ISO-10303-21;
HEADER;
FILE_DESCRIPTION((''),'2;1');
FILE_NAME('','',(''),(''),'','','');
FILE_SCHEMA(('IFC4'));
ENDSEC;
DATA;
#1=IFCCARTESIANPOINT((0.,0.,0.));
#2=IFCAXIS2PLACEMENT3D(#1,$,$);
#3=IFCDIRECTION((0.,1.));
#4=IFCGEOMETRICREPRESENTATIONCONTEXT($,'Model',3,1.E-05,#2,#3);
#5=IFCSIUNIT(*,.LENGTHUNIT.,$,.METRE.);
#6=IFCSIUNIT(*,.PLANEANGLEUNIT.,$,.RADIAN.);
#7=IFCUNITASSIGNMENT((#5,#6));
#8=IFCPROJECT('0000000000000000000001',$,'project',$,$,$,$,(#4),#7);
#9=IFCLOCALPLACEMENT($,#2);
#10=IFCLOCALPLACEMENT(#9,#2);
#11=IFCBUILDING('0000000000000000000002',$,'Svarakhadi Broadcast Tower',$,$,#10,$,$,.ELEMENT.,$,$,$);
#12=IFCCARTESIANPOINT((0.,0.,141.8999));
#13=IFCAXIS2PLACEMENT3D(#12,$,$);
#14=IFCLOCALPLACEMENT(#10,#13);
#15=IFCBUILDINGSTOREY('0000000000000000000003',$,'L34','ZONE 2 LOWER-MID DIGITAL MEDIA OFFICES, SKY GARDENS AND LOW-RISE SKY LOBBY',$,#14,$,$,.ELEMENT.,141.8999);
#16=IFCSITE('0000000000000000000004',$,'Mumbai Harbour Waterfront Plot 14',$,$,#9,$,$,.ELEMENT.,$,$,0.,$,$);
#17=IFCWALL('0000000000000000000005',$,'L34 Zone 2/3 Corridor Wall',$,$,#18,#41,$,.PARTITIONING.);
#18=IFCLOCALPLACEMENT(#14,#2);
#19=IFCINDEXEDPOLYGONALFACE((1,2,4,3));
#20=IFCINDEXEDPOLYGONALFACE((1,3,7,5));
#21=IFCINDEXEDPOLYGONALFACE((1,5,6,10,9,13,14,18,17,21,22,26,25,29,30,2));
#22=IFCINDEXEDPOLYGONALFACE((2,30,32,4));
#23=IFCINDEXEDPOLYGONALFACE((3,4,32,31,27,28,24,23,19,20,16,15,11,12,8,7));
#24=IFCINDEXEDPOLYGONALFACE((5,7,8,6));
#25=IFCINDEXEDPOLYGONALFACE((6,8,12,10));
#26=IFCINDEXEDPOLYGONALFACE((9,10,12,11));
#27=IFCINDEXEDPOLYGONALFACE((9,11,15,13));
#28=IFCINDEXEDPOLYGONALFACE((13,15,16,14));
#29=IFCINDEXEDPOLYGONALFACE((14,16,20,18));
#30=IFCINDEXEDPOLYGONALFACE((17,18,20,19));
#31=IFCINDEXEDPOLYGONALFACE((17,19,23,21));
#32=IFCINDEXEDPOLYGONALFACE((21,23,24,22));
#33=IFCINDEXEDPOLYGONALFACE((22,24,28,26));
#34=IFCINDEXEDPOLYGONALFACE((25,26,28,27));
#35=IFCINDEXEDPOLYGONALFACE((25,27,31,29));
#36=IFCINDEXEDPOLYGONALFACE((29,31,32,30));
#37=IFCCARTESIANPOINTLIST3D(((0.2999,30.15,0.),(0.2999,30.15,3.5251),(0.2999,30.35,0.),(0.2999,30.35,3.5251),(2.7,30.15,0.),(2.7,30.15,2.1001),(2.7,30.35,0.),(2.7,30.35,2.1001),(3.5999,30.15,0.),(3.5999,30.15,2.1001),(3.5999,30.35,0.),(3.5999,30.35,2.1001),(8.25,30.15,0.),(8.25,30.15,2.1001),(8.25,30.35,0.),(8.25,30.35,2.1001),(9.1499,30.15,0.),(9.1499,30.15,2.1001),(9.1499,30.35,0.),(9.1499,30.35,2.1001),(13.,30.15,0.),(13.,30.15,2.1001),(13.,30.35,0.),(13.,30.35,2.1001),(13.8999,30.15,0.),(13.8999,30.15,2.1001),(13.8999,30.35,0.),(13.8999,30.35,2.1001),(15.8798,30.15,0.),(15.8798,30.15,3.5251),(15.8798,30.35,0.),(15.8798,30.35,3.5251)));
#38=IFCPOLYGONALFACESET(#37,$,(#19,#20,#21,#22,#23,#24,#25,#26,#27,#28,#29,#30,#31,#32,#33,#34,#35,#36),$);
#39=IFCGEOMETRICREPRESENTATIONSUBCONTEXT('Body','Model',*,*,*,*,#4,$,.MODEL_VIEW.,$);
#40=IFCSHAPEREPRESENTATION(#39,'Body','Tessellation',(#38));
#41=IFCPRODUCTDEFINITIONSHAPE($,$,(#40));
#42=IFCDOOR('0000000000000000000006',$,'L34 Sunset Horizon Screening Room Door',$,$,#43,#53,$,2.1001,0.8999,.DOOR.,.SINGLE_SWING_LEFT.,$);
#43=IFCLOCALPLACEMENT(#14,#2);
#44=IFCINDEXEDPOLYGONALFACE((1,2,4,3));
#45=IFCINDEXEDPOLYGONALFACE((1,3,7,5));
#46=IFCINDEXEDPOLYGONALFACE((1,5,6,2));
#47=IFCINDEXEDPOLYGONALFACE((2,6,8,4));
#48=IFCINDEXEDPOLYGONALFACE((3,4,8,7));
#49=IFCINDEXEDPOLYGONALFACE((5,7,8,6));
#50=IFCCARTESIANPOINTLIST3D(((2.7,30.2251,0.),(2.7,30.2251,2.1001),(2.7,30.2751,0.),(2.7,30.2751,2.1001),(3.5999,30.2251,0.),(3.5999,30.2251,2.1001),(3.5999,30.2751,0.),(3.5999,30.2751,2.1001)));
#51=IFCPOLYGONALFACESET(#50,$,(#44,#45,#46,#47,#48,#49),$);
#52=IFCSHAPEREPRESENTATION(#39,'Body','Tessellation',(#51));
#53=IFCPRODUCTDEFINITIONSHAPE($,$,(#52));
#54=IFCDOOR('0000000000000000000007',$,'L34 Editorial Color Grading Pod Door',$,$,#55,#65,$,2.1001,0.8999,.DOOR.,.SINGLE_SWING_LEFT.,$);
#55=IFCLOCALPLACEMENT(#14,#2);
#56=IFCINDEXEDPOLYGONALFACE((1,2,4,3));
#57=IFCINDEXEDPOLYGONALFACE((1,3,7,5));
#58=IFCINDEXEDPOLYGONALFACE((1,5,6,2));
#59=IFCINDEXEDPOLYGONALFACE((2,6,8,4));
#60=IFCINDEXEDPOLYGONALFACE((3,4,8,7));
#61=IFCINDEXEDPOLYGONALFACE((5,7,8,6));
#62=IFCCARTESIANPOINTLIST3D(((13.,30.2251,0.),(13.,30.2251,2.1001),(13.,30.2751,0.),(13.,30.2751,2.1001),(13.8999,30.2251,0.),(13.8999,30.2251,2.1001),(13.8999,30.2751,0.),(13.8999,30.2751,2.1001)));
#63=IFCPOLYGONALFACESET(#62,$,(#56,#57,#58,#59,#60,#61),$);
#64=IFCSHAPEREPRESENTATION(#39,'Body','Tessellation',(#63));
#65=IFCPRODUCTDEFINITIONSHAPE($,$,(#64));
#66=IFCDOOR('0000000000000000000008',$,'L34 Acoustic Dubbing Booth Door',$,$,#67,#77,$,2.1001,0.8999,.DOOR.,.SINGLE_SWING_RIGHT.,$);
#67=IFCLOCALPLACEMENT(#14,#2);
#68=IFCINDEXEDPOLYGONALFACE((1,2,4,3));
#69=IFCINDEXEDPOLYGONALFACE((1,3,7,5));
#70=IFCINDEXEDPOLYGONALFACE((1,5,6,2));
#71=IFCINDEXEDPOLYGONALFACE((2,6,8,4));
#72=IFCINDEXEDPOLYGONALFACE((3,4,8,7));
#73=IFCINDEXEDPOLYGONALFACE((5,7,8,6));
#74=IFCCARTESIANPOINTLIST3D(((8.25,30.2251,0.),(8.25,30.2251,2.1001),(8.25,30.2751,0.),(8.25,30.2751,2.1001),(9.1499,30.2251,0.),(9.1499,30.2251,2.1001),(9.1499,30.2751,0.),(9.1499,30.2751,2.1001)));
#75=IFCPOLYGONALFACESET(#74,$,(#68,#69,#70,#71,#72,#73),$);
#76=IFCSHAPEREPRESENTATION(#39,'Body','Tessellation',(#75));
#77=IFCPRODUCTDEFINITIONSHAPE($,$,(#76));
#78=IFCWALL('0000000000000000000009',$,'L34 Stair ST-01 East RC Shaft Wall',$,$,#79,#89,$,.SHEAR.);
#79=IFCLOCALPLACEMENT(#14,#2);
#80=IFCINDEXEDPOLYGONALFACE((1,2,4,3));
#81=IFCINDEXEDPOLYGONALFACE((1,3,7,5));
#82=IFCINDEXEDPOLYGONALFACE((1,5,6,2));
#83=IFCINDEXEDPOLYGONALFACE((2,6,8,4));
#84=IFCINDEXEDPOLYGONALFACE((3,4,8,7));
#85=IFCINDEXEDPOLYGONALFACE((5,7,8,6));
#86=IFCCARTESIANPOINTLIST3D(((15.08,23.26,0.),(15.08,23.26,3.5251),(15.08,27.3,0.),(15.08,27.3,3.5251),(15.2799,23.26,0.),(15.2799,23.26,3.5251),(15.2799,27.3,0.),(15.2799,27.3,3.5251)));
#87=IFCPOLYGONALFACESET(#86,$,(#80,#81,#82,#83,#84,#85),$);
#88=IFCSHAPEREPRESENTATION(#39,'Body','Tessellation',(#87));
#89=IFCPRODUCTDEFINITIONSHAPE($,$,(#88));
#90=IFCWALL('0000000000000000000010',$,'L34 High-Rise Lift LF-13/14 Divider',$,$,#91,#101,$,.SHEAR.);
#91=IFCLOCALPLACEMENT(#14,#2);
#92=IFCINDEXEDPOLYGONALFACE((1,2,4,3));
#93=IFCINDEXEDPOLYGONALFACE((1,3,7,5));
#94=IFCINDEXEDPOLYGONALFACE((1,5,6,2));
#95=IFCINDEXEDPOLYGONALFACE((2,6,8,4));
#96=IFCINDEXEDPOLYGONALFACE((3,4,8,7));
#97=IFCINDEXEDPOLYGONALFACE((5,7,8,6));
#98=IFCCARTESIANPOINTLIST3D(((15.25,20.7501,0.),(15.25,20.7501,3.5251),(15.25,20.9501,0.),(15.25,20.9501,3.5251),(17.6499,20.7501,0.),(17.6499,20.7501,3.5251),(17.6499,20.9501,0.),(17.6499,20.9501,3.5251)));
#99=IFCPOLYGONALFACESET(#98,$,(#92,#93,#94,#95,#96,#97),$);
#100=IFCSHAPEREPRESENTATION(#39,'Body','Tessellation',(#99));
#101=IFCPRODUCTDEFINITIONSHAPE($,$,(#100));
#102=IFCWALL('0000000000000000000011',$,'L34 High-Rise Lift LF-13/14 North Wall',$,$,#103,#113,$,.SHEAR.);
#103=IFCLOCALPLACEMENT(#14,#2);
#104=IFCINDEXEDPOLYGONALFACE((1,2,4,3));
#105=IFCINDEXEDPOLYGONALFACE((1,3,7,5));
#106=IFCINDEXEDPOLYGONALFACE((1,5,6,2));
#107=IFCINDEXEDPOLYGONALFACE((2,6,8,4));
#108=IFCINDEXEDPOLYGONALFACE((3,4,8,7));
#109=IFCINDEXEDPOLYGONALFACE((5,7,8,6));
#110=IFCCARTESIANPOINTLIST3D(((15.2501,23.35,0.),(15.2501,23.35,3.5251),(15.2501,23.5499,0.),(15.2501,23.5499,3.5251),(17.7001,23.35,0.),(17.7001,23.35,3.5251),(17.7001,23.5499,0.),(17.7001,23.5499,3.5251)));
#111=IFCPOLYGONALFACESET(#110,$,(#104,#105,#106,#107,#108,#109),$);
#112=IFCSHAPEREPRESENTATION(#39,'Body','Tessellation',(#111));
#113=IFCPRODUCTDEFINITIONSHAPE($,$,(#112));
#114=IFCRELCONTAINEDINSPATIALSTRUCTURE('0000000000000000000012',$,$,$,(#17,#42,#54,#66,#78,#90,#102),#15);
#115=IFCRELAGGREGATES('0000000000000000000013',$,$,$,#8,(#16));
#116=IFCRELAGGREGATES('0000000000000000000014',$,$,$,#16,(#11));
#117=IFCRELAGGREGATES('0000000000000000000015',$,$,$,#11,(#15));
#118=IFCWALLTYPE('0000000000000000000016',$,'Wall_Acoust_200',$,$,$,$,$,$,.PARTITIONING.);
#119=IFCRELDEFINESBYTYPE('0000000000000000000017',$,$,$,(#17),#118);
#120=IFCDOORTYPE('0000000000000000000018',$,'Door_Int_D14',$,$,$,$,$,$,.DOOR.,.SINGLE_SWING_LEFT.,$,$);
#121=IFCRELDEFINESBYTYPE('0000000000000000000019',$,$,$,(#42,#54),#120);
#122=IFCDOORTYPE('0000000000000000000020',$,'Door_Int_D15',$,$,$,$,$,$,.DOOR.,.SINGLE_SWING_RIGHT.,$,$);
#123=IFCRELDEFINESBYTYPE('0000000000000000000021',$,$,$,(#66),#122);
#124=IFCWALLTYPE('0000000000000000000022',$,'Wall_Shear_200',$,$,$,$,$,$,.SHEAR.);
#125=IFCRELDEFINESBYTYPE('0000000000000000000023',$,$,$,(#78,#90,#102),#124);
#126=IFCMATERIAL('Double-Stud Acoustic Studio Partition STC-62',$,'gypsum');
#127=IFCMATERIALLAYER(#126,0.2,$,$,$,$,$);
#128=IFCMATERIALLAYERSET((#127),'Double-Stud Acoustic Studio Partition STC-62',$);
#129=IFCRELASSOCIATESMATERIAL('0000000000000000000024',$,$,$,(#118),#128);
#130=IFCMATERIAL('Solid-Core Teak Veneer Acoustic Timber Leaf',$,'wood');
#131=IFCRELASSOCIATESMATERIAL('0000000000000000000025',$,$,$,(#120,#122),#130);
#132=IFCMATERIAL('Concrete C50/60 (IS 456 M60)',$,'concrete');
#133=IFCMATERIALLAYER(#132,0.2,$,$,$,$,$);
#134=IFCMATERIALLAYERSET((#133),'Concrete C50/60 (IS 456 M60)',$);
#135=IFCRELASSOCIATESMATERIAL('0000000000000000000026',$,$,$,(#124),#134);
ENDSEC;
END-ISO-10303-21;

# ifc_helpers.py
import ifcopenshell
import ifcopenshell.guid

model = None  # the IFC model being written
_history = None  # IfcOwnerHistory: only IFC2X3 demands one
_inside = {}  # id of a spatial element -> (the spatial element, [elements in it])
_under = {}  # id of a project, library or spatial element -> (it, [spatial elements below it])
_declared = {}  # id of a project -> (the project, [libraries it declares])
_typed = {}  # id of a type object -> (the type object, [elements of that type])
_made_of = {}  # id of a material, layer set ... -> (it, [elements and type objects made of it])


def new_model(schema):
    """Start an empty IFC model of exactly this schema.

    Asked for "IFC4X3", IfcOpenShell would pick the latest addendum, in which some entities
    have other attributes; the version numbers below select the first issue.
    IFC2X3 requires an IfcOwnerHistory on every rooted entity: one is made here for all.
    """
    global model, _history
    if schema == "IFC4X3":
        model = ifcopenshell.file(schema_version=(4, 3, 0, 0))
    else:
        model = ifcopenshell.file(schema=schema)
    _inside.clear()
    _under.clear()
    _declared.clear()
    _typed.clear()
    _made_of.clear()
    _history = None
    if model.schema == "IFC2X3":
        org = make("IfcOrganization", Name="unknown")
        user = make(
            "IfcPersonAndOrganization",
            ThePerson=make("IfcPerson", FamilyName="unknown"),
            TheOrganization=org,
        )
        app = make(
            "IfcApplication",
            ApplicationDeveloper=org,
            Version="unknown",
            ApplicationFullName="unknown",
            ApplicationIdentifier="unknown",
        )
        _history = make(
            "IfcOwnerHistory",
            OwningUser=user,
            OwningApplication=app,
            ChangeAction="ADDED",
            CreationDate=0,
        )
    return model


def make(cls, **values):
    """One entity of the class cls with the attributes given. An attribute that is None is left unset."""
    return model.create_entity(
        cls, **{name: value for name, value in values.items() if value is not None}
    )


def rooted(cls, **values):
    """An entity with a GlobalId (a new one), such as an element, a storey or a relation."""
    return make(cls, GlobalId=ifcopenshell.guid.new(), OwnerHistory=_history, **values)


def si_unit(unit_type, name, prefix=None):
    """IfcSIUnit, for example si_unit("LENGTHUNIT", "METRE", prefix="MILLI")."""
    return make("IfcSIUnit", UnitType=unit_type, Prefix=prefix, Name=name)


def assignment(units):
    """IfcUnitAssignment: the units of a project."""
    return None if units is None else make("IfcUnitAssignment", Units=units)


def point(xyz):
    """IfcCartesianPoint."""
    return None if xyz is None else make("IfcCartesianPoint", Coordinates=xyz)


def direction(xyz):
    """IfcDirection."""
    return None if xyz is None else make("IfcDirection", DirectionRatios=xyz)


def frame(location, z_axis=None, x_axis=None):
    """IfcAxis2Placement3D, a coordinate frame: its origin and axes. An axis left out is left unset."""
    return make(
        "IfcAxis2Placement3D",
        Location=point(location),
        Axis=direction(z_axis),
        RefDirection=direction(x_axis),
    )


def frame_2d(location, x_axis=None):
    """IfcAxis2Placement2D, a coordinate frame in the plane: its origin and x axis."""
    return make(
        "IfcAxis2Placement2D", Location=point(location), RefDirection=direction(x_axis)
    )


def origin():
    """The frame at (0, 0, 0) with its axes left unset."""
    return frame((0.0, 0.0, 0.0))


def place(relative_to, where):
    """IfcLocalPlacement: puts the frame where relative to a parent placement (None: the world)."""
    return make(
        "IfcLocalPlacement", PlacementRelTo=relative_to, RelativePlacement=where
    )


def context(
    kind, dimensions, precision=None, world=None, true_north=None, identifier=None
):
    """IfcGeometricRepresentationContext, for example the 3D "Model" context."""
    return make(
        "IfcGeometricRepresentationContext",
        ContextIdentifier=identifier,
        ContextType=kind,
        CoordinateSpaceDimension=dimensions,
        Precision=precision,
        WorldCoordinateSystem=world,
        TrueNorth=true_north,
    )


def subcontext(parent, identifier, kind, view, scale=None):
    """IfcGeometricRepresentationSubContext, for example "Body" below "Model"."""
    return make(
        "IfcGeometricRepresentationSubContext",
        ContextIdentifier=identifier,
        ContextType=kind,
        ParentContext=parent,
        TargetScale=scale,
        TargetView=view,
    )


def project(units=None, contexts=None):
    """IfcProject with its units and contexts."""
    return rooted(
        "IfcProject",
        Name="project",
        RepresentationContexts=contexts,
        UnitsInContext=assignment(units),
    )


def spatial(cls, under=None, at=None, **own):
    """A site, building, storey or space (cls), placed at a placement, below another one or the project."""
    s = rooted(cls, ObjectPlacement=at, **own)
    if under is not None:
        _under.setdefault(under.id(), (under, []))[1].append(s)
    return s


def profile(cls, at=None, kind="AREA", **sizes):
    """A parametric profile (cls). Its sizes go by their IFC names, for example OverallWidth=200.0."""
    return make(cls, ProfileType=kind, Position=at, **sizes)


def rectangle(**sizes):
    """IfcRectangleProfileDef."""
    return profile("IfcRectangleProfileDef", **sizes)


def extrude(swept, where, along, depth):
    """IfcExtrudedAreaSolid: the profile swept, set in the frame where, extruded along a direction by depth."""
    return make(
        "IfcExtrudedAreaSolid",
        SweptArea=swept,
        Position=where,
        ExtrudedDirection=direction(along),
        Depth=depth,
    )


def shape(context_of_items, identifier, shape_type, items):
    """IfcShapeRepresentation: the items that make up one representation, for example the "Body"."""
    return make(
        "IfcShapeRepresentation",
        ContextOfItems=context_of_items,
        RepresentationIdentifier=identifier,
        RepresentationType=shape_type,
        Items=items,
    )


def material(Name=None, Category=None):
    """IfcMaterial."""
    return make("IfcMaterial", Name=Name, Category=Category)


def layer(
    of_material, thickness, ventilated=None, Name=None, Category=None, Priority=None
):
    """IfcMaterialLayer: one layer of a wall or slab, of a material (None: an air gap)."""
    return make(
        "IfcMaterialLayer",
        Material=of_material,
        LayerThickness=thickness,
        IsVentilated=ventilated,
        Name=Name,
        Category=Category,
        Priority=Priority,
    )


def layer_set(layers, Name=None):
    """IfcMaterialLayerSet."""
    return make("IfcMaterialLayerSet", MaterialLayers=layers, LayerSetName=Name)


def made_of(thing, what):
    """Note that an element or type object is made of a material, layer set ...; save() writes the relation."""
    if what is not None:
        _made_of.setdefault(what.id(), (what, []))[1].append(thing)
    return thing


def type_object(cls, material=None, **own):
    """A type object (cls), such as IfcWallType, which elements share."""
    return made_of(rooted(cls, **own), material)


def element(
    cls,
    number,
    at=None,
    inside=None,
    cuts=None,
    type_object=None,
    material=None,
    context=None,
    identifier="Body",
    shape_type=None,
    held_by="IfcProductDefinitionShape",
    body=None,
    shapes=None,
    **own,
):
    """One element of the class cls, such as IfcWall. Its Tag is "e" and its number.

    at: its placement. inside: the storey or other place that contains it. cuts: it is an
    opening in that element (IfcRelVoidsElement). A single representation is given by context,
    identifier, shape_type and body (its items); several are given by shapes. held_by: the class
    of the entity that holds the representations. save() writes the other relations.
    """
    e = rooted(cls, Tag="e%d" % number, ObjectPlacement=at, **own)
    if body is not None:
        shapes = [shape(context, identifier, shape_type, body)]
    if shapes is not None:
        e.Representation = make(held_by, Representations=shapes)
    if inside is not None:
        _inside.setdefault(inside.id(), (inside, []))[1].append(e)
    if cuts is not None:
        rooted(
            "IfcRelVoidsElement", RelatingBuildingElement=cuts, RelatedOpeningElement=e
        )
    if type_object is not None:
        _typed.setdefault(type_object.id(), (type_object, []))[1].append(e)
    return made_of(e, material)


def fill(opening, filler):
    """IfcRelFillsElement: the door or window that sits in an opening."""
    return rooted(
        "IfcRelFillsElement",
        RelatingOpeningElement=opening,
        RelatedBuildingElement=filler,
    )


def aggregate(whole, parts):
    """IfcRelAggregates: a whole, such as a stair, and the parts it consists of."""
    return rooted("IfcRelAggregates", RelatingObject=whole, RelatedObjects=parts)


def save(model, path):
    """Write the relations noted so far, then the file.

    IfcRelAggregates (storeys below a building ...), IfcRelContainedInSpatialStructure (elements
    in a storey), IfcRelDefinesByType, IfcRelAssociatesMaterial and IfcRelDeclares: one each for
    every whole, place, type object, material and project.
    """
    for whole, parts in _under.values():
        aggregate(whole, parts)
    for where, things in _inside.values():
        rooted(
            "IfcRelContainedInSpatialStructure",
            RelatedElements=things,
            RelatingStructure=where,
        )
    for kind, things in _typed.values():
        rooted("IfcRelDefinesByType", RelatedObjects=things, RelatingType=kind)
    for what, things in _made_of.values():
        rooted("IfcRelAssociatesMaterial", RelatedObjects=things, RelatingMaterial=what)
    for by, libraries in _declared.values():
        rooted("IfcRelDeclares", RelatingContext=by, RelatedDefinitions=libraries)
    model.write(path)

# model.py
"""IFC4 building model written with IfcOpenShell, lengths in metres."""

from ifc_helpers import new_model, si_unit, direction, frame, frame_2d, origin, place, context, subcontext, project, spatial, rectangle, extrude, material, layer, layer_set, type_object, element, fill, save


model = new_model("IFC4")

# Units and contexts
model_context = context("Model", 3, precision=1e-05, world=origin(), true_north=direction((0.0, 1.0)))
body_context = subcontext(model_context, "Body", "Model", "MODEL_VIEW")
ifc_project = project(units=[si_unit("LENGTHUNIT", "METRE"), si_unit("PLANEANGLEUNIT", "RADIAN")], contexts=[model_context])

# Site, building, storey
site_placement = place(None, origin())
site = spatial("IfcSite", under=ifc_project, at=site_placement, Name="Mumbai Harbour Waterfront Plot 14", CompositionType="ELEMENT", RefElevation=0.0)
building_placement = place(site_placement, origin())
building = spatial("IfcBuilding", under=site, at=building_placement, Name="Svarakhadi Broadcast Tower", CompositionType="ELEMENT")
storey_placement = place(building_placement, frame((0.0, 0.0, 141.8999)))
storey = spatial("IfcBuildingStorey", under=building, at=storey_placement, Name="L34", Description="ZONE 2 LOWER-MID DIGITAL MEDIA OFFICES, SKY GARDENS AND LOW-RISE SKY LOBBY", CompositionType="ELEMENT", Elevation=141.8999)

# Shared definitions
ifc_material_1 = material(Name="Concrete C50/60 (IS 456 M60)", Category="concrete")

# Shared definitions
ifc_material_2 = material(Name="Double-Stud Acoustic Studio Partition STC-62", Category="gypsum")
ifc_layer_1 = layer(ifc_material_2, 0.2)
ifc_layer_set_1 = layer_set([ifc_layer_1], Name="Double-Stud Acoustic Studio Partition STC-62")
wall_type_1 = type_object("IfcWallType", Name="Wall_Acoust_200", PredefinedType="PARTITIONING", material=ifc_layer_set_1)

# Wall, openings, doors
wall_1_placement = place(storey_placement, frame((15.8799, 30.25, 0.0), z_axis=(0.0, 0.0, 1.0), x_axis=(-1.0, 0.0, 0.0)))
wall_1 = element("IfcWall", 1, at=wall_1_placement, inside=storey, type_object=wall_type_1, Name="L34 Zone 2/3 Corridor Wall", PredefinedType="PARTITIONING", context=body_context, shape_type="SweptSolid", body=[
    extrude(rectangle(XDim=15.5798, YDim=0.2, at=frame_2d((7.79, 0.0))), origin(), (0.0, 0.0, 1.0), 3.5251),
])
opening_1_placement = place(wall_1_placement, frame((12.28, 0.0, 0.0)))
opening_1 = element("IfcOpeningElement", 2, at=opening_1_placement, cuts=wall_1, PredefinedType="OPENING", context=body_context, shape_type="SweptSolid", body=[
    extrude(rectangle(XDim=0.8999, YDim=2.1001, at=frame_2d((0.45, 1.05))), frame((0.0, 0.1099, 0.0), z_axis=(0.0, -1.0, 0.0), x_axis=(1.0, 0.0, 0.0)), (0.0, 0.0, 1.0), 0.22),
])
opening_2_placement = place(wall_1_placement, frame((6.73, 0.0, 0.0)))
opening_2 = element("IfcOpeningElement", 3, at=opening_2_placement, cuts=wall_1, PredefinedType="OPENING", context=body_context, shape_type="SweptSolid", body=[
    extrude(rectangle(XDim=0.8999, YDim=2.1001, at=frame_2d((0.45, 1.05))), frame((0.0, 0.1099, 0.0), z_axis=(0.0, -1.0, 0.0), x_axis=(1.0, 0.0, 0.0)), (0.0, 0.0, 1.0), 0.22),
])
opening_3_placement = place(wall_1_placement, frame((1.98, 0.0, 0.0)))
opening_3 = element("IfcOpeningElement", 4, at=opening_3_placement, cuts=wall_1, PredefinedType="OPENING", context=body_context, shape_type="SweptSolid", body=[
    extrude(rectangle(XDim=0.8999, YDim=2.1001, at=frame_2d((0.45, 1.05))), frame((0.0, 0.1099, 0.0), z_axis=(0.0, -1.0, 0.0), x_axis=(1.0, 0.0, 0.0)), (0.0, 0.0, 1.0), 0.22),
])
ifc_material_3 = material(Name="Solid-Core Teak Veneer Acoustic Timber Leaf", Category="wood")
door_type_1 = type_object("IfcDoorType", Name="Door_Int_D14", OperationType="SINGLE_SWING_LEFT", PredefinedType="DOOR", material=ifc_material_3)
door_1_placement = place(opening_1_placement, origin())
door_1 = element("IfcDoor", 5, at=door_1_placement, inside=storey, type_object=door_type_1, Name="L34 Sunset Horizon Screening Room Door", OperationType="SINGLE_SWING_LEFT", OverallHeight=2.1001, OverallWidth=0.8999, PredefinedType="DOOR", context=body_context, shape_type="SweptSolid", body=[
    extrude(rectangle(XDim=0.8999, YDim=2.1001, at=frame_2d((0.45, 1.05))), frame((0.0, 0.0249, 0.0), z_axis=(0.0, -1.0, 0.0), x_axis=(1.0, 0.0, 0.0)), (0.0, 0.0, 1.0), 0.05),
])
fill(opening_1, door_1)
door_2_placement = place(opening_3_placement, origin())
door_2 = element("IfcDoor", 6, at=door_2_placement, inside=storey, type_object=door_type_1, Name="L34 Editorial Color Grading Pod Door", OperationType="SINGLE_SWING_LEFT", OverallHeight=2.1001, OverallWidth=0.8999, PredefinedType="DOOR", context=body_context, shape_type="SweptSolid", body=[
    extrude(rectangle(XDim=0.8999, YDim=2.1001, at=frame_2d((0.45, 1.05))), frame((0.0, 0.0249, 0.0), z_axis=(0.0, -1.0, 0.0), x_axis=(1.0, 0.0, 0.0)), (0.0, 0.0, 1.0), 0.05),
])
fill(opening_3, door_2)
door_type_2 = type_object("IfcDoorType", Name="Door_Int_D15", OperationType="SINGLE_SWING_RIGHT", PredefinedType="DOOR", material=ifc_material_3)
door_3_placement = place(opening_2_placement, origin())
door_3 = element("IfcDoor", 7, at=door_3_placement, inside=storey, type_object=door_type_2, Name="L34 Acoustic Dubbing Booth Door", OperationType="SINGLE_SWING_RIGHT", OverallHeight=2.1001, OverallWidth=0.8999, PredefinedType="DOOR", context=body_context, shape_type="SweptSolid", body=[
    extrude(rectangle(XDim=0.8999, YDim=2.1001, at=frame_2d((0.45, 1.05))), frame((0.0, 0.0249, 0.0), z_axis=(0.0, -1.0, 0.0), x_axis=(1.0, 0.0, 0.0)), (0.0, 0.0, 1.0), 0.05),
])
fill(opening_2, door_3)

# Wall
ifc_layer_2 = layer(ifc_material_1, 0.2)
ifc_layer_set_2 = layer_set([ifc_layer_2], Name="Concrete C50/60 (IS 456 M60)")
wall_type_2 = type_object("IfcWallType", Name="Wall_Shear_200", PredefinedType="SHEAR", material=ifc_layer_set_2)
wall_2_placement = place(storey_placement, frame((15.1799, 23.26, 0.0), z_axis=(0.0, 0.0, 1.0), x_axis=(0.0, 1.0, 0.0)))
element("IfcWall", 8, at=wall_2_placement, inside=storey, type_object=wall_type_2, Name="L34 Stair ST-01 East RC Shaft Wall", PredefinedType="SHEAR", context=body_context, shape_type="SweptSolid", body=[
    extrude(rectangle(XDim=4.04, YDim=0.2, at=frame_2d((2.02, 0.0))), origin(), (0.0, 0.0, 1.0), 3.5251),
])

# Walls
wall_3_placement = place(storey_placement, frame((15.25, 20.8501, 0.0), z_axis=(0.0, 0.0, 1.0), x_axis=(1.0, 0.0, 0.0)))
element("IfcWall", 9, at=wall_3_placement, inside=storey, type_object=wall_type_2, Name="L34 High-Rise Lift LF-13/14 Divider", PredefinedType="SHEAR", context=body_context, shape_type="SweptSolid", body=[
    extrude(rectangle(XDim=2.3999, YDim=0.2, at=frame_2d((1.2, 0.0))), origin(), (0.0, 0.0, 1.0), 3.5251),
])
wall_4_placement = place(storey_placement, frame((15.25, 23.45, 0.0), z_axis=(0.0, 0.0, 1.0), x_axis=(1.0, 0.0, 0.0)))
element("IfcWall", 10, at=wall_4_placement, inside=storey, type_object=wall_type_2, Name="L34 High-Rise Lift LF-13/14 North Wall", PredefinedType="SHEAR", context=body_context, shape_type="SweptSolid", body=[
    extrude(rectangle(XDim=2.45, YDim=0.2, at=frame_2d((1.2251, 0.0))), origin(), (0.0, 0.0, 1.0), 3.5251),
])

save(model, "model.ifc")
